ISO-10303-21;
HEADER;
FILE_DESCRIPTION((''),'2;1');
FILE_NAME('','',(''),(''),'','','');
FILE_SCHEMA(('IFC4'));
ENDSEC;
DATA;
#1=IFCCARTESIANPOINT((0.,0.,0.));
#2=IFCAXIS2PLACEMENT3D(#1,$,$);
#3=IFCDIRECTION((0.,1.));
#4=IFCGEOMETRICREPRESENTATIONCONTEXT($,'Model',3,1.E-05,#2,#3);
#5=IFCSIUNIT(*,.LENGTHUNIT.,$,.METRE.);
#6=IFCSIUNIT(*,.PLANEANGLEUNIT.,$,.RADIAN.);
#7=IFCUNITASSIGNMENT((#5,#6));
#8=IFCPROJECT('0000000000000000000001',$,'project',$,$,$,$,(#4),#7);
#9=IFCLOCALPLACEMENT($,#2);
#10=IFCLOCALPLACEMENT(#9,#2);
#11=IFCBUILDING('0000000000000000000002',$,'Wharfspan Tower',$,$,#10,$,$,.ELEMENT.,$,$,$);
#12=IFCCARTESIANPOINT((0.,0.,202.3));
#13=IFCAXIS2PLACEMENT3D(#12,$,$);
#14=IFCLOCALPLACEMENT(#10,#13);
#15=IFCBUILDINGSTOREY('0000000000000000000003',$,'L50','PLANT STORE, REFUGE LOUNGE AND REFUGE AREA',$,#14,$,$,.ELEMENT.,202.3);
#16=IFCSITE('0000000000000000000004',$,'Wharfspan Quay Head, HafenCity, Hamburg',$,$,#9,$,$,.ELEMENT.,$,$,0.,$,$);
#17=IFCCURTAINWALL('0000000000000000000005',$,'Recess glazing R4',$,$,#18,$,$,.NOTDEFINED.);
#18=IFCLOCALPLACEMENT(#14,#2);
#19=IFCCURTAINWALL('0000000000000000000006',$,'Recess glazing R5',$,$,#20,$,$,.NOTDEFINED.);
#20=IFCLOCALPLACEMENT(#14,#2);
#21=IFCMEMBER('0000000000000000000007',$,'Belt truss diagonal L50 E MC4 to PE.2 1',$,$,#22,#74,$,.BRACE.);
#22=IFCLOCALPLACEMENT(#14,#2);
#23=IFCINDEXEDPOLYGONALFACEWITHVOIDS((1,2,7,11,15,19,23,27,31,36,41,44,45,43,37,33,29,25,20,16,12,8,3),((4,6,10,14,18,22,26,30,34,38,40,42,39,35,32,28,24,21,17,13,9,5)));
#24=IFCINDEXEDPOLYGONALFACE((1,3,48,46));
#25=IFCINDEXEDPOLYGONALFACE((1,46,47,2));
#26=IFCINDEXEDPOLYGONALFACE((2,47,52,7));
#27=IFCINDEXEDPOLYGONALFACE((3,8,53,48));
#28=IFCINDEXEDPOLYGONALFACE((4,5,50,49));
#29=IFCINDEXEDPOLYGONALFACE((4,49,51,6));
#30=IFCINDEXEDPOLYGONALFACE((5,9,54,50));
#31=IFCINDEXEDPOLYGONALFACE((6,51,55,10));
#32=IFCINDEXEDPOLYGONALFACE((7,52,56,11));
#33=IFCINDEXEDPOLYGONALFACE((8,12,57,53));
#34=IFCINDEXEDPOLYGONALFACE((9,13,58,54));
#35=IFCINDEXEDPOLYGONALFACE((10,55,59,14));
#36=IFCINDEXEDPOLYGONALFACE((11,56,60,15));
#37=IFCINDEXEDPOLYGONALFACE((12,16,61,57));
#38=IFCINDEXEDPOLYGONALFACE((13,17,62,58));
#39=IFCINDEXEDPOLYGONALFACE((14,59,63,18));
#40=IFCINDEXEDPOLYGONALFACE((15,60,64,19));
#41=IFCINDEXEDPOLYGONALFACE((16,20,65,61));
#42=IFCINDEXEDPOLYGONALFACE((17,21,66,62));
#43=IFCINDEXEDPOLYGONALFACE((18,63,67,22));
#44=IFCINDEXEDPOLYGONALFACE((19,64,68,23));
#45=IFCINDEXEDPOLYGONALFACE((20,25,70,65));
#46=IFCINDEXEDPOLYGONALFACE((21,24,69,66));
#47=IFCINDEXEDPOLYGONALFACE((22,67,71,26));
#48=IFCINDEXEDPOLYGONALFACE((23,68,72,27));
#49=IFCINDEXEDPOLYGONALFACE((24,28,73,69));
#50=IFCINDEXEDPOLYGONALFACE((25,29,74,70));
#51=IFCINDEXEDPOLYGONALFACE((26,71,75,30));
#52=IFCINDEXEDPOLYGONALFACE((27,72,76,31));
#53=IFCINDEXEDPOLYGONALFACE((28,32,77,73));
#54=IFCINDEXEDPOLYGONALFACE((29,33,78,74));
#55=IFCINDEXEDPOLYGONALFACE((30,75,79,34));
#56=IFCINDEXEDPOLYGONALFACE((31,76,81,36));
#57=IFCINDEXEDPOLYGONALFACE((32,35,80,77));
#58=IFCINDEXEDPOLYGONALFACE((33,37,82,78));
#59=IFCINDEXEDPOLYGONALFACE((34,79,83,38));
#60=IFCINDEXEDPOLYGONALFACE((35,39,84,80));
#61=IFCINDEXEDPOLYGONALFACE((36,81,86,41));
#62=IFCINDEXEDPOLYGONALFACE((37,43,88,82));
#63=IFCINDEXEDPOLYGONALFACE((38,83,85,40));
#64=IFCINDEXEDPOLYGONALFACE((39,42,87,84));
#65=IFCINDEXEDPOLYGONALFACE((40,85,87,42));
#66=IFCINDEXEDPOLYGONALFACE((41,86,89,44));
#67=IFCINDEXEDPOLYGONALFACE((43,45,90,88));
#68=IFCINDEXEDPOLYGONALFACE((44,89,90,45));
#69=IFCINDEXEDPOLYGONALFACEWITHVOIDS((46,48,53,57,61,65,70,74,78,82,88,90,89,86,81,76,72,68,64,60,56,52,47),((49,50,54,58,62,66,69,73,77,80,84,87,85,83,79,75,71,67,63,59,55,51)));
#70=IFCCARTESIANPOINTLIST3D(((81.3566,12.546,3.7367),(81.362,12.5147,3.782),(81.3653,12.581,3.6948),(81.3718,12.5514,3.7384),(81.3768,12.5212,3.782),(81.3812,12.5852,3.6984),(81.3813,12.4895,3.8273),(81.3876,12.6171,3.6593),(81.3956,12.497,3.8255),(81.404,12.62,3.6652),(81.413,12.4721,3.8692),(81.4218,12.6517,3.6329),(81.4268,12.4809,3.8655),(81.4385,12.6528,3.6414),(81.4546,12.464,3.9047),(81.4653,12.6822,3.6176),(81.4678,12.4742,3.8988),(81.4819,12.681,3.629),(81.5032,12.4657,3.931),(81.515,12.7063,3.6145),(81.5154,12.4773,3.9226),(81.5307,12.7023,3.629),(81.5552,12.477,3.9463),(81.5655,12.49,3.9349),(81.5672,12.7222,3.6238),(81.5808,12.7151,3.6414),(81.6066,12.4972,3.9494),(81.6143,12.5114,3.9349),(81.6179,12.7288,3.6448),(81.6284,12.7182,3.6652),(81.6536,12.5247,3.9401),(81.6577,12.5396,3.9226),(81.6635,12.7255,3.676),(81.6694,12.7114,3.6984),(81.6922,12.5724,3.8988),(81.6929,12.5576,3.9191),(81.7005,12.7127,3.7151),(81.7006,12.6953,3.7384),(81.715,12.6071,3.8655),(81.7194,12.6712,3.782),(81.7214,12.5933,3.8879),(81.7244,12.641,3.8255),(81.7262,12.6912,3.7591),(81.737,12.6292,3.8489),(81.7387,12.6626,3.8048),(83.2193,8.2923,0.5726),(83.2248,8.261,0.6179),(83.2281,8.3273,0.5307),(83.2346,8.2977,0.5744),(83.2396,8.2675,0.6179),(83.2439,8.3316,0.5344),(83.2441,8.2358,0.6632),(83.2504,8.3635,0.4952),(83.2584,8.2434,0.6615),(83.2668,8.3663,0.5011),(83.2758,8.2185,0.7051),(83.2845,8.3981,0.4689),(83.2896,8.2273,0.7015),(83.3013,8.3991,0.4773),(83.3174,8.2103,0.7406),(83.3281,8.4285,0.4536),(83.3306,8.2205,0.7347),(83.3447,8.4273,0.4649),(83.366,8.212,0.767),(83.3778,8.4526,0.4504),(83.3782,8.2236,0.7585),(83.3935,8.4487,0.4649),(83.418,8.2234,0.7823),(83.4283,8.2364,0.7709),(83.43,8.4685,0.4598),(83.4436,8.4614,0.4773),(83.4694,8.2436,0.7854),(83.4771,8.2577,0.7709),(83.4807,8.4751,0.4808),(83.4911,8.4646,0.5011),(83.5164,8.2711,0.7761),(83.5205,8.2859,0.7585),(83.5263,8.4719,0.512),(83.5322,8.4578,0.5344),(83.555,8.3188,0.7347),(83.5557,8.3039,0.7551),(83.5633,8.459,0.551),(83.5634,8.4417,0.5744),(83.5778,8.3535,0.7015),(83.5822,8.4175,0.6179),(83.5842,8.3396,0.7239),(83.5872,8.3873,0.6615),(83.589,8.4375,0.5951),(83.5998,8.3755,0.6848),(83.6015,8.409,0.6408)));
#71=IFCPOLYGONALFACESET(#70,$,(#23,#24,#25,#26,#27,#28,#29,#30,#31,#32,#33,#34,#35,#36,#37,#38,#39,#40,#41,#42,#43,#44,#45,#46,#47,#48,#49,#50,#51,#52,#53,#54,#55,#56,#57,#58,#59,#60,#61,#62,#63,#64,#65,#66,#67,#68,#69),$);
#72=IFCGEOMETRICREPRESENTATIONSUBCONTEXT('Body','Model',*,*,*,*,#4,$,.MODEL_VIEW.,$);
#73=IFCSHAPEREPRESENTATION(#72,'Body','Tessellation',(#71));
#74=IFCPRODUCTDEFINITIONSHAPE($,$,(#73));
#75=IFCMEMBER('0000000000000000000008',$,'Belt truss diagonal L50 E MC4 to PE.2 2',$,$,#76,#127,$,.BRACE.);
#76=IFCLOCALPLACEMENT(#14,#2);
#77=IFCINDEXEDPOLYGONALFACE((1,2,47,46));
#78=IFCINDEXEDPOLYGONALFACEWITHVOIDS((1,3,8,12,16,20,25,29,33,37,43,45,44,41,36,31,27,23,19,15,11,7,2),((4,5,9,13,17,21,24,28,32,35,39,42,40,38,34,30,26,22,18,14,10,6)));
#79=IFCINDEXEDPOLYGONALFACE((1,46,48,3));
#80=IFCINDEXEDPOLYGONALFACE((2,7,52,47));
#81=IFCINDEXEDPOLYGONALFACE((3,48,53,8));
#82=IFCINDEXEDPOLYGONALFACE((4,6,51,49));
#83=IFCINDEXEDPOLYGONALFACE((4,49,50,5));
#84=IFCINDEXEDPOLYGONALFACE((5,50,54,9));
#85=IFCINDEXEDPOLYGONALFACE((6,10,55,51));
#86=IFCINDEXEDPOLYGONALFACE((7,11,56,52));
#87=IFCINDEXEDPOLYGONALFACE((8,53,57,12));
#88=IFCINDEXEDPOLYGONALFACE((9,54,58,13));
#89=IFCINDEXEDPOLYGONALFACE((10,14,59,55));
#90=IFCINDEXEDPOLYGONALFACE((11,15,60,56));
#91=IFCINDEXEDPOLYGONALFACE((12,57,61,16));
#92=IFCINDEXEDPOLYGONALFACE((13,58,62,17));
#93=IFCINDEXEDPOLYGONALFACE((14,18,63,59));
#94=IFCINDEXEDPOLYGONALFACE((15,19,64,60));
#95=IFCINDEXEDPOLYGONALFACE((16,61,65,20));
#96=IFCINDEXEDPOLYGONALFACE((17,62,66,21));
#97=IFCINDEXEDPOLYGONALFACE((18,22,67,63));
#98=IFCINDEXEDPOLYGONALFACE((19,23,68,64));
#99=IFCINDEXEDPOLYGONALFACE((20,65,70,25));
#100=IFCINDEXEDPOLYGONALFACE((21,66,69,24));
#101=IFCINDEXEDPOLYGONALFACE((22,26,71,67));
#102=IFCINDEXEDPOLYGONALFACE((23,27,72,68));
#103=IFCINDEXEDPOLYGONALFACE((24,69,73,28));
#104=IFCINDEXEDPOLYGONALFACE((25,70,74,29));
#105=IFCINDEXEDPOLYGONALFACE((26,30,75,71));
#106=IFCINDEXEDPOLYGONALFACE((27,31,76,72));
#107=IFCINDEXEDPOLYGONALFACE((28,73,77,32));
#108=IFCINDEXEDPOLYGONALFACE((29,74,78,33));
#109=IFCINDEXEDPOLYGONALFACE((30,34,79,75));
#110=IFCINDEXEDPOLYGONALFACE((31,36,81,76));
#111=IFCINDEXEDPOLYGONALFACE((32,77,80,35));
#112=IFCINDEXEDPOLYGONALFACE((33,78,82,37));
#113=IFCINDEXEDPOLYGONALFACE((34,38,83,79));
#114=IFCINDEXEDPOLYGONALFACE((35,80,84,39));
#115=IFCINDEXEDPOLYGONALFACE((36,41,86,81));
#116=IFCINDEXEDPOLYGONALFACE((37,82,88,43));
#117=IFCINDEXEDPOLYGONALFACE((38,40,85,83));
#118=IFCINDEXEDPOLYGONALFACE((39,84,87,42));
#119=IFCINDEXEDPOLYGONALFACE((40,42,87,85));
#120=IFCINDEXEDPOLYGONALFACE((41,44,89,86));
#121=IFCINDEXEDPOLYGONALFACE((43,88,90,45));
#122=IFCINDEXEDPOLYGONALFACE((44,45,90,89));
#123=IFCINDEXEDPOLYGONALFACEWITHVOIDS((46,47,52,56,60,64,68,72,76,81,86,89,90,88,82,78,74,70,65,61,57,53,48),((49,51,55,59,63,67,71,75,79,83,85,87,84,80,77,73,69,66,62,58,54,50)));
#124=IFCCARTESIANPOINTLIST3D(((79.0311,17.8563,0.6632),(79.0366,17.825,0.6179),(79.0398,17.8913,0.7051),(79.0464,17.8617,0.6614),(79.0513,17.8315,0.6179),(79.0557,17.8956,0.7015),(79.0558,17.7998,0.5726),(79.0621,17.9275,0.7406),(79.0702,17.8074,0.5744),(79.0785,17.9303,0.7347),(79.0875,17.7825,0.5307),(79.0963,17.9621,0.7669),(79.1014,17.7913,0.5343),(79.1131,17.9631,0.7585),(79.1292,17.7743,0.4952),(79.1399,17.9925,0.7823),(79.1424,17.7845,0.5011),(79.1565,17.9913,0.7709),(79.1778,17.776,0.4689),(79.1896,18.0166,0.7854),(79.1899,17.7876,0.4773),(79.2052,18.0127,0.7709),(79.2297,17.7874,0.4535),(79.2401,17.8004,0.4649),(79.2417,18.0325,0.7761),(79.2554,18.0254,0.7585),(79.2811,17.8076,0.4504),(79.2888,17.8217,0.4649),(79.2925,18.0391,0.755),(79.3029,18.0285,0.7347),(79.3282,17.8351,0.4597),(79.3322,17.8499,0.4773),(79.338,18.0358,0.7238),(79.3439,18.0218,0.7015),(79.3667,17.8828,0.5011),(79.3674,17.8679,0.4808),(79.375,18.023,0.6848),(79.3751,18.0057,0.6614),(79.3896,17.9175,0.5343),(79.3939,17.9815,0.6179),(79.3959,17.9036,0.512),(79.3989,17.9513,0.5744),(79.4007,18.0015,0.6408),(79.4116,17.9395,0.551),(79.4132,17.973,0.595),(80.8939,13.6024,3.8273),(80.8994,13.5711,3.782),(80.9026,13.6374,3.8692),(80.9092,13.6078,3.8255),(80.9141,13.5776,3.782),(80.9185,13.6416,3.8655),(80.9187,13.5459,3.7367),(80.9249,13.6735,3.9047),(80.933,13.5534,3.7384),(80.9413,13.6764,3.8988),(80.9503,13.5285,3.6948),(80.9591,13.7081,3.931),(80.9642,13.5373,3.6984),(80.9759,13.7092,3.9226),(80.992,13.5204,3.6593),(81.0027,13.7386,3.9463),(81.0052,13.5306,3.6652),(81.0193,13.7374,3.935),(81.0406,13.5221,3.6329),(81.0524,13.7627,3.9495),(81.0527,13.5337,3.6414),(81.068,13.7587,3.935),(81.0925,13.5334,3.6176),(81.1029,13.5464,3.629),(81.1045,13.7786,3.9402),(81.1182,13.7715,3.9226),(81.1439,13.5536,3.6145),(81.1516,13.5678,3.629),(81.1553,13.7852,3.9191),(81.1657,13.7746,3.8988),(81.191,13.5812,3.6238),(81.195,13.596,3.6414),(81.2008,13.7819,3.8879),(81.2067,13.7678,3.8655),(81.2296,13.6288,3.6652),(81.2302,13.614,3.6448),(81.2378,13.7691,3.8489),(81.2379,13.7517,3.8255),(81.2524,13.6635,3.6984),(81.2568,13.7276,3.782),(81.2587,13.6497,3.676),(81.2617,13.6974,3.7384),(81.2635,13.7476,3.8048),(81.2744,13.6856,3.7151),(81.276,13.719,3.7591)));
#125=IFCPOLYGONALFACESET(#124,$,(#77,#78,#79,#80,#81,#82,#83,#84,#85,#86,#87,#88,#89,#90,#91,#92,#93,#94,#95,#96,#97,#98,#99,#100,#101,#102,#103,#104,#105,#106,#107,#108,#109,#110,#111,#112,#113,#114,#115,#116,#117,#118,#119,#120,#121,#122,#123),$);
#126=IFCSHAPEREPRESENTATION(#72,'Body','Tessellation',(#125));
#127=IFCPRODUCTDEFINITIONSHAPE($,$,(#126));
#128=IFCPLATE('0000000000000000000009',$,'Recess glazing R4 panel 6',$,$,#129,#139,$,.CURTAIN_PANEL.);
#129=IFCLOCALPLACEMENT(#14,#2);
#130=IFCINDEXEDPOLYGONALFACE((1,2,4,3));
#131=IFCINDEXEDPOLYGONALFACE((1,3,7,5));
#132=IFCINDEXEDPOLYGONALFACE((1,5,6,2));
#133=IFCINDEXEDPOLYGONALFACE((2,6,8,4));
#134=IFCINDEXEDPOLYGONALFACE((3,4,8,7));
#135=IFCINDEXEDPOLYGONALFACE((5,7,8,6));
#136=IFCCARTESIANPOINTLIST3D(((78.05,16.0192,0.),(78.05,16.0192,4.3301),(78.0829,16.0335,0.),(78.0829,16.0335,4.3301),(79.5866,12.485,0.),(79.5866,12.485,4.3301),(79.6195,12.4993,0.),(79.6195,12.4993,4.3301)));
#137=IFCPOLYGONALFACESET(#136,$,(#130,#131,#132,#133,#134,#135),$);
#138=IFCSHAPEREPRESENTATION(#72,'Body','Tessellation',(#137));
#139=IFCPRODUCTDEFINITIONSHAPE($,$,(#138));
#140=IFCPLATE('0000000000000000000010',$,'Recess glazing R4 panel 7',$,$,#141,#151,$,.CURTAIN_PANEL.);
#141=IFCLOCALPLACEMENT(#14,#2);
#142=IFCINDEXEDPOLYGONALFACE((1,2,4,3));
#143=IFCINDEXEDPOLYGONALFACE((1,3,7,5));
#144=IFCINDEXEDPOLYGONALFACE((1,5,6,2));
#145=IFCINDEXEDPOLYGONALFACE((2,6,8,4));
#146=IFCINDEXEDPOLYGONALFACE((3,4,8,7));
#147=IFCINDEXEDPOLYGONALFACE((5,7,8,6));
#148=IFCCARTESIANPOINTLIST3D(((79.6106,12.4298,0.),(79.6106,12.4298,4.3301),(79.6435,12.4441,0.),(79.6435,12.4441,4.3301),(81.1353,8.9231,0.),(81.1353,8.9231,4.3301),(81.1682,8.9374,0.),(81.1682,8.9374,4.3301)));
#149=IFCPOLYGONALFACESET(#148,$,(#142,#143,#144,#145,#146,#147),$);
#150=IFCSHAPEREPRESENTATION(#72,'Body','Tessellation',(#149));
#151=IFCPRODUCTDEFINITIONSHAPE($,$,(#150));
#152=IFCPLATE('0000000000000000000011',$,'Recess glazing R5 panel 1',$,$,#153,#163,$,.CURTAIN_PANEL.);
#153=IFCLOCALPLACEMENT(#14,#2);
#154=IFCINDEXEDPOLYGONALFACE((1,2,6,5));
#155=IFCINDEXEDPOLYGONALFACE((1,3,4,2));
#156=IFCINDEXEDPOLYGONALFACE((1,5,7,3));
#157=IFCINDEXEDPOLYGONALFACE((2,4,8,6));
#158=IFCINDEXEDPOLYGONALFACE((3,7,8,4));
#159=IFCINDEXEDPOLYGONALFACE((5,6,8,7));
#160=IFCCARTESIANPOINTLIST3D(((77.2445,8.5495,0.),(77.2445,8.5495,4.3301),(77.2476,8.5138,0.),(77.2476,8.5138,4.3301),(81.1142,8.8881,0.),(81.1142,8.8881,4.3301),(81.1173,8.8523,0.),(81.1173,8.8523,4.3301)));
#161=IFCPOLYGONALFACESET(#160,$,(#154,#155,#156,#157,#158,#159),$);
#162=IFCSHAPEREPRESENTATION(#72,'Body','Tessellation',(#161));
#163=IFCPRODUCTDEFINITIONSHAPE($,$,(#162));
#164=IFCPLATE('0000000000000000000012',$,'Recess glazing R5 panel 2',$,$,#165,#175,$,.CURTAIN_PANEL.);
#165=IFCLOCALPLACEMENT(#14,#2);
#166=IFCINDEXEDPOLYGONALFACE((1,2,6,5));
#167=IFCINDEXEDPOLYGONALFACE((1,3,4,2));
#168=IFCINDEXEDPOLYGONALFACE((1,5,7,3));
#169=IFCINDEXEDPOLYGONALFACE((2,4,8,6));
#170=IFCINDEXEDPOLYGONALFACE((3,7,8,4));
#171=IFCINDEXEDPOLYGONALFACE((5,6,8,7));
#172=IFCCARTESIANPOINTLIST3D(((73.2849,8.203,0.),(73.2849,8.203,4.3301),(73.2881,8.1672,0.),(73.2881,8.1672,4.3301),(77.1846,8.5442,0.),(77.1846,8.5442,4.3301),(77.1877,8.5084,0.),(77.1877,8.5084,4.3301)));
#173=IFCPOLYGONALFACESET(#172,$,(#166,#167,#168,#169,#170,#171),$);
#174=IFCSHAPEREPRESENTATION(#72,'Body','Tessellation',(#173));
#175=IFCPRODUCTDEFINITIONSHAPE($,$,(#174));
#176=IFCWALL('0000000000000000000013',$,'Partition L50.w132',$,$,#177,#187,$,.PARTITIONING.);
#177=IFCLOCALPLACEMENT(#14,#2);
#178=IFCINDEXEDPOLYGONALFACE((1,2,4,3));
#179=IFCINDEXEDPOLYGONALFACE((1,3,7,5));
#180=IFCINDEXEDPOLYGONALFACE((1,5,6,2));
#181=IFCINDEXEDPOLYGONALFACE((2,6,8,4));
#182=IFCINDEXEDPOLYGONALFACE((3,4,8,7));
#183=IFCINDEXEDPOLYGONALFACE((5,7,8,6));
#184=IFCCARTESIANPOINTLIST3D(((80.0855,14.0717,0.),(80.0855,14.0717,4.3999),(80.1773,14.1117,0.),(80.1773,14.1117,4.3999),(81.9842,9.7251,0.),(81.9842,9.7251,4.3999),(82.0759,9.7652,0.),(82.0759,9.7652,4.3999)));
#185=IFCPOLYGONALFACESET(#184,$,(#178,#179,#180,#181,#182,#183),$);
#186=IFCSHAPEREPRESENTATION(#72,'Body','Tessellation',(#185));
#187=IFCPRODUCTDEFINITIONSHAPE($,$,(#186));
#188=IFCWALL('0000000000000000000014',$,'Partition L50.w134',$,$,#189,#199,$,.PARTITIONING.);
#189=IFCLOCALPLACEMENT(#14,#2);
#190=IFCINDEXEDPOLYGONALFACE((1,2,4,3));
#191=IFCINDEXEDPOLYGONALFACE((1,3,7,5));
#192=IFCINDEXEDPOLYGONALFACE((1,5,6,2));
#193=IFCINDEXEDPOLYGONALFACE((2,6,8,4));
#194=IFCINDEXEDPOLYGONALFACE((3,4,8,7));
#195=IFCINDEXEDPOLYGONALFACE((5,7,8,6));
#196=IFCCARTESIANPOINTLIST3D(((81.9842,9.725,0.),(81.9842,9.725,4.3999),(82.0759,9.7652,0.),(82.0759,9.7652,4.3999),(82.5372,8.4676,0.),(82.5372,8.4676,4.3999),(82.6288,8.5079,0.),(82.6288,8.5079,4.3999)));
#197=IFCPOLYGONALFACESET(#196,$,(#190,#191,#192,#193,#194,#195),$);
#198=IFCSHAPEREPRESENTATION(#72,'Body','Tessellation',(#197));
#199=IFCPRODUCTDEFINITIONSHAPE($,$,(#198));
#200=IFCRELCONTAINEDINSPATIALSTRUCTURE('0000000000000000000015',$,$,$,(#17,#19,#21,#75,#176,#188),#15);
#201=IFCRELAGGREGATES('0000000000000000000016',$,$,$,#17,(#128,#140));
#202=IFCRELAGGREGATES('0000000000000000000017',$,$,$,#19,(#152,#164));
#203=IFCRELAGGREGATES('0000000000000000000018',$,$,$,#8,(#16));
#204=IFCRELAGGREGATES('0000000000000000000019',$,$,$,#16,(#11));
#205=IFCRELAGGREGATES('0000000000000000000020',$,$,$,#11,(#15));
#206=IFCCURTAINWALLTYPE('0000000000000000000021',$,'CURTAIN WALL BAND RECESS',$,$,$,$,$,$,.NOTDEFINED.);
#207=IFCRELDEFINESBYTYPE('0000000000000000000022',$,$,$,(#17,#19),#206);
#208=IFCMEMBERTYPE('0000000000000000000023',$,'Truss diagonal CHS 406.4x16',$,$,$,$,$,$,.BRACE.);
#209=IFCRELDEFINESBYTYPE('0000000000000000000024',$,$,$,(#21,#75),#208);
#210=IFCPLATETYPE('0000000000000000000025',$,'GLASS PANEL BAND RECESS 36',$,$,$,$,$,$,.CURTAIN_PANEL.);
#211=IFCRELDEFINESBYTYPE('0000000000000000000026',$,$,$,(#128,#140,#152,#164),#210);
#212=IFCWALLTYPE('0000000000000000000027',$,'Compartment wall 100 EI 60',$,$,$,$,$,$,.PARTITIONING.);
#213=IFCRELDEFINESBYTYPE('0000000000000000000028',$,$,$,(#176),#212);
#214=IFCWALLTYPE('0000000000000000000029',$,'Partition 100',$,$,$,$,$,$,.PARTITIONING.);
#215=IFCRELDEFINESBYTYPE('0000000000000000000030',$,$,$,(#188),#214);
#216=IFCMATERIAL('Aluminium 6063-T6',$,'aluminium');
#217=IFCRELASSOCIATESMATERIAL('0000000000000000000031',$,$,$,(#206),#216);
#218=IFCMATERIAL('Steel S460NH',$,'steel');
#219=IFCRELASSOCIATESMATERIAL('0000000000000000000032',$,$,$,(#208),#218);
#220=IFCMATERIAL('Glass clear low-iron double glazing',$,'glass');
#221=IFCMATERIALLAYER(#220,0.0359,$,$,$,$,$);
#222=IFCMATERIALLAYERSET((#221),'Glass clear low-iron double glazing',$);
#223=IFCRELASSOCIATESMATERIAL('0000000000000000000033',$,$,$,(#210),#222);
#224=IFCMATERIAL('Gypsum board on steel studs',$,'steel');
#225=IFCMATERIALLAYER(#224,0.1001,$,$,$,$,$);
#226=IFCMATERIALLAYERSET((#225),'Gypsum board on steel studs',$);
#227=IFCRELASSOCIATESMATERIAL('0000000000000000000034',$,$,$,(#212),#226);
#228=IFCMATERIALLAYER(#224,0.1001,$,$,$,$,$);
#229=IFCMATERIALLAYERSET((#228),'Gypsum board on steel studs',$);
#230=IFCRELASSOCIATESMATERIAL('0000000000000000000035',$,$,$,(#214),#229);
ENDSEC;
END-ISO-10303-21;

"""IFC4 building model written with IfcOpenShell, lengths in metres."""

from ifc_helpers import new_model, si_unit, direction, frame, frame_2d, origin, origin_2d, place, context, subcontext, project, spatial, rectangle, hollow_circle, extrude, material, layer, layer_set, material_profile, profile_set, type_object, element, aggregate, save


model = new_model("IFC4")

# Units and contexts
model_context = context("Model", 3, precision=1e-05, world=origin(), true_north=direction((0.0, 1.0)))
body_context = subcontext(model_context, "Body", "Model", "MODEL_VIEW")
ifc_project = project(units=[si_unit("LENGTHUNIT", "METRE"), si_unit("PLANEANGLEUNIT", "RADIAN")], contexts=[model_context])

# Site, building, storey
site_placement = place(None, origin())
site = spatial("IfcSite", under=ifc_project, at=site_placement, Name="Wharfspan Quay Head, HafenCity, Hamburg", CompositionType="ELEMENT", RefElevation=0.0)
building_placement = place(site_placement, origin())
building = spatial("IfcBuilding", under=site, at=building_placement, Name="Wharfspan Tower", CompositionType="ELEMENT")
storey_placement = place(building_placement, frame((0.0, 0.0, 202.3)))
storey = spatial("IfcBuildingStorey", under=building, at=storey_placement, Name="L50", Description="PLANT STORE, REFUGE LOUNGE AND REFUGE AREA", CompositionType="ELEMENT", Elevation=202.3)

# Curtain walls
ifc_material_1 = material(Name="Aluminium 6063-T6", Category="aluminium")
curtain_wall_type = type_object("IfcCurtainWallType", Name="CURTAIN WALL BAND RECESS", PredefinedType="NOTDEFINED", material=ifc_material_1)
curtain_wall_1_placement = place(storey_placement, origin())
curtain_wall_1 = element("IfcCurtainWall", 1, at=curtain_wall_1_placement, inside=storey, type_object=curtain_wall_type, Name="Recess glazing R4", PredefinedType="NOTDEFINED")
curtain_wall_2_placement = place(storey_placement, origin())
curtain_wall_2 = element("IfcCurtainWall", 2, at=curtain_wall_2_placement, inside=storey, type_object=curtain_wall_type, Name="Recess glazing R5", PredefinedType="NOTDEFINED")

# Members
ifc_material_2 = material(Name="Steel S460NH", Category="steel")
ifc_material_profile_1 = material_profile(ifc_material_2, hollow_circle(Radius=0.2031, WallThickness=0.0161, at=origin_2d()))
ifc_profile_set_1 = profile_set([ifc_material_profile_1], Name="Steel S460NH")
member_type_1 = type_object("IfcMemberType", Name="Truss diagonal CHS 406.4x16", PredefinedType="BRACE", material=ifc_profile_set_1)
member_1_placement = place(storey_placement, frame((83.4109, 8.3425, 0.6179), z_axis=(-0.331508, 0.756993, 0.563085), x_axis=(-0.916017, -0.401146, -0.000004)))
element("IfcMember", 3, at=member_1_placement, inside=storey, type_object=member_type_1, Name="Belt truss diagonal L50 E MC4 to PE.2 1", PredefinedType="BRACE", context=body_context, shape_type="SweptSolid", body=[
    extrude(hollow_circle(Radius=0.2031, WallThickness=0.0161, at=origin_2d()), origin(), (0.0, 0.0, 1.0), 5.6191),
])
member_2_placement = place(storey_placement, frame((81.0854, 13.6526, 3.782), z_axis=(-0.331497, 0.757011, -0.563066), x_axis=(-0.916019, -0.401127, 0.0)))
element("IfcMember", 4, at=member_2_placement, inside=storey, type_object=member_type_1, Name="Belt truss diagonal L50 E MC4 to PE.2 2", PredefinedType="BRACE", context=body_context, shape_type="SweptSolid", body=[
    extrude(hollow_circle(Radius=0.2031, WallThickness=0.0161, at=origin_2d()), origin(), (0.0, 0.0, 1.0), 5.6194),
])

# Plates
ifc_material_3 = material(Name="Glass clear low-iron double glazing", Category="glass")
ifc_layer_1 = layer(ifc_material_3, 0.0359)
ifc_layer_set_1 = layer_set([ifc_layer_1], Name="Glass clear low-iron double glazing")
plate_type = type_object("IfcPlateType", Name="GLASS PANEL BAND RECESS 36", PredefinedType="CURTAIN_PANEL", material=ifc_layer_set_1)
plate_1_placement = place(storey_placement, frame((78.8347, 14.2593, 0.0), z_axis=(0.0, 0.0, 1.0), x_axis=(0.398727, -0.917072, 0.0)))
plate_1 = element("IfcPlate", 5, at=plate_1_placement, type_object=plate_type, Name="Recess glazing R4 panel 6", PredefinedType="CURTAIN_PANEL", context=body_context, shape_type="SweptSolid", body=[
    extrude(rectangle(XDim=3.8538, YDim=0.0359, at=origin_2d()), origin(), (0.0, 0.0, 1.0), 4.3301),
])
plate_2_placement = place(storey_placement, frame((80.3894, 10.6836, 0.0), z_axis=(0.0, 0.0, 1.0), x_axis=(0.398727, -0.917072, 0.0)))
plate_2 = element("IfcPlate", 6, at=plate_2_placement, type_object=plate_type, Name="Recess glazing R4 panel 7", PredefinedType="CURTAIN_PANEL", context=body_context, shape_type="SweptSolid", body=[
    extrude(rectangle(XDim=3.8237, YDim=0.0359, at=origin_2d()), origin(), (0.0, 0.0, 1.0), 4.3301),
])
aggregate(curtain_wall_1, [plate_1, plate_2])
plate_3_placement = place(storey_placement, frame((79.1809, 8.7009, 0.0), z_axis=(0.0, 0.0, 1.0), x_axis=(-0.996198, -0.087156, 0.0)))
plate_3 = element("IfcPlate", 7, at=plate_3_placement, type_object=plate_type, Name="Recess glazing R5 panel 1", PredefinedType="CURTAIN_PANEL", context=body_context, shape_type="SweptSolid", body=[
    extrude(rectangle(XDim=3.8845, YDim=0.0359, at=origin_2d()), origin(), (0.0, 0.0, 1.0), 4.3301),
])
plate_4_placement = place(storey_placement, frame((75.2363, 8.3557, 0.0), z_axis=(0.0, 0.0, 1.0), x_axis=(-0.996198, -0.087156, 0.0)))
plate_4 = element("IfcPlate", 8, at=plate_4_placement, type_object=plate_type, Name="Recess glazing R5 panel 2", PredefinedType="CURTAIN_PANEL", context=body_context, shape_type="SweptSolid", body=[
    extrude(rectangle(XDim=3.9146, YDim=0.0359, at=origin_2d()), origin(), (0.0, 0.0, 1.0), 4.3301),
])
aggregate(curtain_wall_2, [plate_3, plate_4])

# Walls
ifc_material_4 = material(Name="Gypsum board on steel studs", Category="steel")
ifc_layer_2 = layer(ifc_material_4, 0.1001)
ifc_layer_set_2 = layer_set([ifc_layer_2], Name="Gypsum board on steel studs")
wall_type_1 = type_object("IfcWallType", Name="Compartment wall 100 EI 60", PredefinedType="PARTITIONING", material=ifc_layer_set_2)
wall_1_placement = place(storey_placement, frame((82.03, 9.7451, 0.0), z_axis=(0.0, 0.0, 1.0), x_axis=(-0.400291, 0.916392, 0.0)))
element("IfcWall", 9, at=wall_1_placement, inside=storey, type_object=wall_type_1, Name="Partition L50.w132", PredefinedType="PARTITIONING", context=body_context, shape_type="SweptSolid", body=[
    extrude(rectangle(XDim=4.7432, YDim=0.1001, at=frame_2d((2.3716, 0.0))), origin(), (0.0, 0.0, 1.0), 4.3999),
])
ifc_layer_3 = layer(ifc_material_4, 0.1001)
ifc_layer_set_3 = layer_set([ifc_layer_3], Name="Gypsum board on steel studs")
wall_type_2 = type_object("IfcWallType", Name="Partition 100", PredefinedType="PARTITIONING", material=ifc_layer_set_3)
wall_2_placement = place(storey_placement, frame((82.583, 8.4878, 0.0), z_axis=(0.0, 0.0, 1.0), x_axis=(-0.402589, 0.915379, 0.0)))
element("IfcWall", 10, at=wall_2_placement, inside=storey, type_object=wall_type_2, Name="Partition L50.w134", PredefinedType="PARTITIONING", context=body_context, shape_type="SweptSolid", body=[
    extrude(rectangle(XDim=1.3735, YDim=0.1001, at=frame_2d((0.6868, 0.0))), origin(), (0.0, 0.0, 1.0), 4.3999),
])

save(model, "model.ifc")
